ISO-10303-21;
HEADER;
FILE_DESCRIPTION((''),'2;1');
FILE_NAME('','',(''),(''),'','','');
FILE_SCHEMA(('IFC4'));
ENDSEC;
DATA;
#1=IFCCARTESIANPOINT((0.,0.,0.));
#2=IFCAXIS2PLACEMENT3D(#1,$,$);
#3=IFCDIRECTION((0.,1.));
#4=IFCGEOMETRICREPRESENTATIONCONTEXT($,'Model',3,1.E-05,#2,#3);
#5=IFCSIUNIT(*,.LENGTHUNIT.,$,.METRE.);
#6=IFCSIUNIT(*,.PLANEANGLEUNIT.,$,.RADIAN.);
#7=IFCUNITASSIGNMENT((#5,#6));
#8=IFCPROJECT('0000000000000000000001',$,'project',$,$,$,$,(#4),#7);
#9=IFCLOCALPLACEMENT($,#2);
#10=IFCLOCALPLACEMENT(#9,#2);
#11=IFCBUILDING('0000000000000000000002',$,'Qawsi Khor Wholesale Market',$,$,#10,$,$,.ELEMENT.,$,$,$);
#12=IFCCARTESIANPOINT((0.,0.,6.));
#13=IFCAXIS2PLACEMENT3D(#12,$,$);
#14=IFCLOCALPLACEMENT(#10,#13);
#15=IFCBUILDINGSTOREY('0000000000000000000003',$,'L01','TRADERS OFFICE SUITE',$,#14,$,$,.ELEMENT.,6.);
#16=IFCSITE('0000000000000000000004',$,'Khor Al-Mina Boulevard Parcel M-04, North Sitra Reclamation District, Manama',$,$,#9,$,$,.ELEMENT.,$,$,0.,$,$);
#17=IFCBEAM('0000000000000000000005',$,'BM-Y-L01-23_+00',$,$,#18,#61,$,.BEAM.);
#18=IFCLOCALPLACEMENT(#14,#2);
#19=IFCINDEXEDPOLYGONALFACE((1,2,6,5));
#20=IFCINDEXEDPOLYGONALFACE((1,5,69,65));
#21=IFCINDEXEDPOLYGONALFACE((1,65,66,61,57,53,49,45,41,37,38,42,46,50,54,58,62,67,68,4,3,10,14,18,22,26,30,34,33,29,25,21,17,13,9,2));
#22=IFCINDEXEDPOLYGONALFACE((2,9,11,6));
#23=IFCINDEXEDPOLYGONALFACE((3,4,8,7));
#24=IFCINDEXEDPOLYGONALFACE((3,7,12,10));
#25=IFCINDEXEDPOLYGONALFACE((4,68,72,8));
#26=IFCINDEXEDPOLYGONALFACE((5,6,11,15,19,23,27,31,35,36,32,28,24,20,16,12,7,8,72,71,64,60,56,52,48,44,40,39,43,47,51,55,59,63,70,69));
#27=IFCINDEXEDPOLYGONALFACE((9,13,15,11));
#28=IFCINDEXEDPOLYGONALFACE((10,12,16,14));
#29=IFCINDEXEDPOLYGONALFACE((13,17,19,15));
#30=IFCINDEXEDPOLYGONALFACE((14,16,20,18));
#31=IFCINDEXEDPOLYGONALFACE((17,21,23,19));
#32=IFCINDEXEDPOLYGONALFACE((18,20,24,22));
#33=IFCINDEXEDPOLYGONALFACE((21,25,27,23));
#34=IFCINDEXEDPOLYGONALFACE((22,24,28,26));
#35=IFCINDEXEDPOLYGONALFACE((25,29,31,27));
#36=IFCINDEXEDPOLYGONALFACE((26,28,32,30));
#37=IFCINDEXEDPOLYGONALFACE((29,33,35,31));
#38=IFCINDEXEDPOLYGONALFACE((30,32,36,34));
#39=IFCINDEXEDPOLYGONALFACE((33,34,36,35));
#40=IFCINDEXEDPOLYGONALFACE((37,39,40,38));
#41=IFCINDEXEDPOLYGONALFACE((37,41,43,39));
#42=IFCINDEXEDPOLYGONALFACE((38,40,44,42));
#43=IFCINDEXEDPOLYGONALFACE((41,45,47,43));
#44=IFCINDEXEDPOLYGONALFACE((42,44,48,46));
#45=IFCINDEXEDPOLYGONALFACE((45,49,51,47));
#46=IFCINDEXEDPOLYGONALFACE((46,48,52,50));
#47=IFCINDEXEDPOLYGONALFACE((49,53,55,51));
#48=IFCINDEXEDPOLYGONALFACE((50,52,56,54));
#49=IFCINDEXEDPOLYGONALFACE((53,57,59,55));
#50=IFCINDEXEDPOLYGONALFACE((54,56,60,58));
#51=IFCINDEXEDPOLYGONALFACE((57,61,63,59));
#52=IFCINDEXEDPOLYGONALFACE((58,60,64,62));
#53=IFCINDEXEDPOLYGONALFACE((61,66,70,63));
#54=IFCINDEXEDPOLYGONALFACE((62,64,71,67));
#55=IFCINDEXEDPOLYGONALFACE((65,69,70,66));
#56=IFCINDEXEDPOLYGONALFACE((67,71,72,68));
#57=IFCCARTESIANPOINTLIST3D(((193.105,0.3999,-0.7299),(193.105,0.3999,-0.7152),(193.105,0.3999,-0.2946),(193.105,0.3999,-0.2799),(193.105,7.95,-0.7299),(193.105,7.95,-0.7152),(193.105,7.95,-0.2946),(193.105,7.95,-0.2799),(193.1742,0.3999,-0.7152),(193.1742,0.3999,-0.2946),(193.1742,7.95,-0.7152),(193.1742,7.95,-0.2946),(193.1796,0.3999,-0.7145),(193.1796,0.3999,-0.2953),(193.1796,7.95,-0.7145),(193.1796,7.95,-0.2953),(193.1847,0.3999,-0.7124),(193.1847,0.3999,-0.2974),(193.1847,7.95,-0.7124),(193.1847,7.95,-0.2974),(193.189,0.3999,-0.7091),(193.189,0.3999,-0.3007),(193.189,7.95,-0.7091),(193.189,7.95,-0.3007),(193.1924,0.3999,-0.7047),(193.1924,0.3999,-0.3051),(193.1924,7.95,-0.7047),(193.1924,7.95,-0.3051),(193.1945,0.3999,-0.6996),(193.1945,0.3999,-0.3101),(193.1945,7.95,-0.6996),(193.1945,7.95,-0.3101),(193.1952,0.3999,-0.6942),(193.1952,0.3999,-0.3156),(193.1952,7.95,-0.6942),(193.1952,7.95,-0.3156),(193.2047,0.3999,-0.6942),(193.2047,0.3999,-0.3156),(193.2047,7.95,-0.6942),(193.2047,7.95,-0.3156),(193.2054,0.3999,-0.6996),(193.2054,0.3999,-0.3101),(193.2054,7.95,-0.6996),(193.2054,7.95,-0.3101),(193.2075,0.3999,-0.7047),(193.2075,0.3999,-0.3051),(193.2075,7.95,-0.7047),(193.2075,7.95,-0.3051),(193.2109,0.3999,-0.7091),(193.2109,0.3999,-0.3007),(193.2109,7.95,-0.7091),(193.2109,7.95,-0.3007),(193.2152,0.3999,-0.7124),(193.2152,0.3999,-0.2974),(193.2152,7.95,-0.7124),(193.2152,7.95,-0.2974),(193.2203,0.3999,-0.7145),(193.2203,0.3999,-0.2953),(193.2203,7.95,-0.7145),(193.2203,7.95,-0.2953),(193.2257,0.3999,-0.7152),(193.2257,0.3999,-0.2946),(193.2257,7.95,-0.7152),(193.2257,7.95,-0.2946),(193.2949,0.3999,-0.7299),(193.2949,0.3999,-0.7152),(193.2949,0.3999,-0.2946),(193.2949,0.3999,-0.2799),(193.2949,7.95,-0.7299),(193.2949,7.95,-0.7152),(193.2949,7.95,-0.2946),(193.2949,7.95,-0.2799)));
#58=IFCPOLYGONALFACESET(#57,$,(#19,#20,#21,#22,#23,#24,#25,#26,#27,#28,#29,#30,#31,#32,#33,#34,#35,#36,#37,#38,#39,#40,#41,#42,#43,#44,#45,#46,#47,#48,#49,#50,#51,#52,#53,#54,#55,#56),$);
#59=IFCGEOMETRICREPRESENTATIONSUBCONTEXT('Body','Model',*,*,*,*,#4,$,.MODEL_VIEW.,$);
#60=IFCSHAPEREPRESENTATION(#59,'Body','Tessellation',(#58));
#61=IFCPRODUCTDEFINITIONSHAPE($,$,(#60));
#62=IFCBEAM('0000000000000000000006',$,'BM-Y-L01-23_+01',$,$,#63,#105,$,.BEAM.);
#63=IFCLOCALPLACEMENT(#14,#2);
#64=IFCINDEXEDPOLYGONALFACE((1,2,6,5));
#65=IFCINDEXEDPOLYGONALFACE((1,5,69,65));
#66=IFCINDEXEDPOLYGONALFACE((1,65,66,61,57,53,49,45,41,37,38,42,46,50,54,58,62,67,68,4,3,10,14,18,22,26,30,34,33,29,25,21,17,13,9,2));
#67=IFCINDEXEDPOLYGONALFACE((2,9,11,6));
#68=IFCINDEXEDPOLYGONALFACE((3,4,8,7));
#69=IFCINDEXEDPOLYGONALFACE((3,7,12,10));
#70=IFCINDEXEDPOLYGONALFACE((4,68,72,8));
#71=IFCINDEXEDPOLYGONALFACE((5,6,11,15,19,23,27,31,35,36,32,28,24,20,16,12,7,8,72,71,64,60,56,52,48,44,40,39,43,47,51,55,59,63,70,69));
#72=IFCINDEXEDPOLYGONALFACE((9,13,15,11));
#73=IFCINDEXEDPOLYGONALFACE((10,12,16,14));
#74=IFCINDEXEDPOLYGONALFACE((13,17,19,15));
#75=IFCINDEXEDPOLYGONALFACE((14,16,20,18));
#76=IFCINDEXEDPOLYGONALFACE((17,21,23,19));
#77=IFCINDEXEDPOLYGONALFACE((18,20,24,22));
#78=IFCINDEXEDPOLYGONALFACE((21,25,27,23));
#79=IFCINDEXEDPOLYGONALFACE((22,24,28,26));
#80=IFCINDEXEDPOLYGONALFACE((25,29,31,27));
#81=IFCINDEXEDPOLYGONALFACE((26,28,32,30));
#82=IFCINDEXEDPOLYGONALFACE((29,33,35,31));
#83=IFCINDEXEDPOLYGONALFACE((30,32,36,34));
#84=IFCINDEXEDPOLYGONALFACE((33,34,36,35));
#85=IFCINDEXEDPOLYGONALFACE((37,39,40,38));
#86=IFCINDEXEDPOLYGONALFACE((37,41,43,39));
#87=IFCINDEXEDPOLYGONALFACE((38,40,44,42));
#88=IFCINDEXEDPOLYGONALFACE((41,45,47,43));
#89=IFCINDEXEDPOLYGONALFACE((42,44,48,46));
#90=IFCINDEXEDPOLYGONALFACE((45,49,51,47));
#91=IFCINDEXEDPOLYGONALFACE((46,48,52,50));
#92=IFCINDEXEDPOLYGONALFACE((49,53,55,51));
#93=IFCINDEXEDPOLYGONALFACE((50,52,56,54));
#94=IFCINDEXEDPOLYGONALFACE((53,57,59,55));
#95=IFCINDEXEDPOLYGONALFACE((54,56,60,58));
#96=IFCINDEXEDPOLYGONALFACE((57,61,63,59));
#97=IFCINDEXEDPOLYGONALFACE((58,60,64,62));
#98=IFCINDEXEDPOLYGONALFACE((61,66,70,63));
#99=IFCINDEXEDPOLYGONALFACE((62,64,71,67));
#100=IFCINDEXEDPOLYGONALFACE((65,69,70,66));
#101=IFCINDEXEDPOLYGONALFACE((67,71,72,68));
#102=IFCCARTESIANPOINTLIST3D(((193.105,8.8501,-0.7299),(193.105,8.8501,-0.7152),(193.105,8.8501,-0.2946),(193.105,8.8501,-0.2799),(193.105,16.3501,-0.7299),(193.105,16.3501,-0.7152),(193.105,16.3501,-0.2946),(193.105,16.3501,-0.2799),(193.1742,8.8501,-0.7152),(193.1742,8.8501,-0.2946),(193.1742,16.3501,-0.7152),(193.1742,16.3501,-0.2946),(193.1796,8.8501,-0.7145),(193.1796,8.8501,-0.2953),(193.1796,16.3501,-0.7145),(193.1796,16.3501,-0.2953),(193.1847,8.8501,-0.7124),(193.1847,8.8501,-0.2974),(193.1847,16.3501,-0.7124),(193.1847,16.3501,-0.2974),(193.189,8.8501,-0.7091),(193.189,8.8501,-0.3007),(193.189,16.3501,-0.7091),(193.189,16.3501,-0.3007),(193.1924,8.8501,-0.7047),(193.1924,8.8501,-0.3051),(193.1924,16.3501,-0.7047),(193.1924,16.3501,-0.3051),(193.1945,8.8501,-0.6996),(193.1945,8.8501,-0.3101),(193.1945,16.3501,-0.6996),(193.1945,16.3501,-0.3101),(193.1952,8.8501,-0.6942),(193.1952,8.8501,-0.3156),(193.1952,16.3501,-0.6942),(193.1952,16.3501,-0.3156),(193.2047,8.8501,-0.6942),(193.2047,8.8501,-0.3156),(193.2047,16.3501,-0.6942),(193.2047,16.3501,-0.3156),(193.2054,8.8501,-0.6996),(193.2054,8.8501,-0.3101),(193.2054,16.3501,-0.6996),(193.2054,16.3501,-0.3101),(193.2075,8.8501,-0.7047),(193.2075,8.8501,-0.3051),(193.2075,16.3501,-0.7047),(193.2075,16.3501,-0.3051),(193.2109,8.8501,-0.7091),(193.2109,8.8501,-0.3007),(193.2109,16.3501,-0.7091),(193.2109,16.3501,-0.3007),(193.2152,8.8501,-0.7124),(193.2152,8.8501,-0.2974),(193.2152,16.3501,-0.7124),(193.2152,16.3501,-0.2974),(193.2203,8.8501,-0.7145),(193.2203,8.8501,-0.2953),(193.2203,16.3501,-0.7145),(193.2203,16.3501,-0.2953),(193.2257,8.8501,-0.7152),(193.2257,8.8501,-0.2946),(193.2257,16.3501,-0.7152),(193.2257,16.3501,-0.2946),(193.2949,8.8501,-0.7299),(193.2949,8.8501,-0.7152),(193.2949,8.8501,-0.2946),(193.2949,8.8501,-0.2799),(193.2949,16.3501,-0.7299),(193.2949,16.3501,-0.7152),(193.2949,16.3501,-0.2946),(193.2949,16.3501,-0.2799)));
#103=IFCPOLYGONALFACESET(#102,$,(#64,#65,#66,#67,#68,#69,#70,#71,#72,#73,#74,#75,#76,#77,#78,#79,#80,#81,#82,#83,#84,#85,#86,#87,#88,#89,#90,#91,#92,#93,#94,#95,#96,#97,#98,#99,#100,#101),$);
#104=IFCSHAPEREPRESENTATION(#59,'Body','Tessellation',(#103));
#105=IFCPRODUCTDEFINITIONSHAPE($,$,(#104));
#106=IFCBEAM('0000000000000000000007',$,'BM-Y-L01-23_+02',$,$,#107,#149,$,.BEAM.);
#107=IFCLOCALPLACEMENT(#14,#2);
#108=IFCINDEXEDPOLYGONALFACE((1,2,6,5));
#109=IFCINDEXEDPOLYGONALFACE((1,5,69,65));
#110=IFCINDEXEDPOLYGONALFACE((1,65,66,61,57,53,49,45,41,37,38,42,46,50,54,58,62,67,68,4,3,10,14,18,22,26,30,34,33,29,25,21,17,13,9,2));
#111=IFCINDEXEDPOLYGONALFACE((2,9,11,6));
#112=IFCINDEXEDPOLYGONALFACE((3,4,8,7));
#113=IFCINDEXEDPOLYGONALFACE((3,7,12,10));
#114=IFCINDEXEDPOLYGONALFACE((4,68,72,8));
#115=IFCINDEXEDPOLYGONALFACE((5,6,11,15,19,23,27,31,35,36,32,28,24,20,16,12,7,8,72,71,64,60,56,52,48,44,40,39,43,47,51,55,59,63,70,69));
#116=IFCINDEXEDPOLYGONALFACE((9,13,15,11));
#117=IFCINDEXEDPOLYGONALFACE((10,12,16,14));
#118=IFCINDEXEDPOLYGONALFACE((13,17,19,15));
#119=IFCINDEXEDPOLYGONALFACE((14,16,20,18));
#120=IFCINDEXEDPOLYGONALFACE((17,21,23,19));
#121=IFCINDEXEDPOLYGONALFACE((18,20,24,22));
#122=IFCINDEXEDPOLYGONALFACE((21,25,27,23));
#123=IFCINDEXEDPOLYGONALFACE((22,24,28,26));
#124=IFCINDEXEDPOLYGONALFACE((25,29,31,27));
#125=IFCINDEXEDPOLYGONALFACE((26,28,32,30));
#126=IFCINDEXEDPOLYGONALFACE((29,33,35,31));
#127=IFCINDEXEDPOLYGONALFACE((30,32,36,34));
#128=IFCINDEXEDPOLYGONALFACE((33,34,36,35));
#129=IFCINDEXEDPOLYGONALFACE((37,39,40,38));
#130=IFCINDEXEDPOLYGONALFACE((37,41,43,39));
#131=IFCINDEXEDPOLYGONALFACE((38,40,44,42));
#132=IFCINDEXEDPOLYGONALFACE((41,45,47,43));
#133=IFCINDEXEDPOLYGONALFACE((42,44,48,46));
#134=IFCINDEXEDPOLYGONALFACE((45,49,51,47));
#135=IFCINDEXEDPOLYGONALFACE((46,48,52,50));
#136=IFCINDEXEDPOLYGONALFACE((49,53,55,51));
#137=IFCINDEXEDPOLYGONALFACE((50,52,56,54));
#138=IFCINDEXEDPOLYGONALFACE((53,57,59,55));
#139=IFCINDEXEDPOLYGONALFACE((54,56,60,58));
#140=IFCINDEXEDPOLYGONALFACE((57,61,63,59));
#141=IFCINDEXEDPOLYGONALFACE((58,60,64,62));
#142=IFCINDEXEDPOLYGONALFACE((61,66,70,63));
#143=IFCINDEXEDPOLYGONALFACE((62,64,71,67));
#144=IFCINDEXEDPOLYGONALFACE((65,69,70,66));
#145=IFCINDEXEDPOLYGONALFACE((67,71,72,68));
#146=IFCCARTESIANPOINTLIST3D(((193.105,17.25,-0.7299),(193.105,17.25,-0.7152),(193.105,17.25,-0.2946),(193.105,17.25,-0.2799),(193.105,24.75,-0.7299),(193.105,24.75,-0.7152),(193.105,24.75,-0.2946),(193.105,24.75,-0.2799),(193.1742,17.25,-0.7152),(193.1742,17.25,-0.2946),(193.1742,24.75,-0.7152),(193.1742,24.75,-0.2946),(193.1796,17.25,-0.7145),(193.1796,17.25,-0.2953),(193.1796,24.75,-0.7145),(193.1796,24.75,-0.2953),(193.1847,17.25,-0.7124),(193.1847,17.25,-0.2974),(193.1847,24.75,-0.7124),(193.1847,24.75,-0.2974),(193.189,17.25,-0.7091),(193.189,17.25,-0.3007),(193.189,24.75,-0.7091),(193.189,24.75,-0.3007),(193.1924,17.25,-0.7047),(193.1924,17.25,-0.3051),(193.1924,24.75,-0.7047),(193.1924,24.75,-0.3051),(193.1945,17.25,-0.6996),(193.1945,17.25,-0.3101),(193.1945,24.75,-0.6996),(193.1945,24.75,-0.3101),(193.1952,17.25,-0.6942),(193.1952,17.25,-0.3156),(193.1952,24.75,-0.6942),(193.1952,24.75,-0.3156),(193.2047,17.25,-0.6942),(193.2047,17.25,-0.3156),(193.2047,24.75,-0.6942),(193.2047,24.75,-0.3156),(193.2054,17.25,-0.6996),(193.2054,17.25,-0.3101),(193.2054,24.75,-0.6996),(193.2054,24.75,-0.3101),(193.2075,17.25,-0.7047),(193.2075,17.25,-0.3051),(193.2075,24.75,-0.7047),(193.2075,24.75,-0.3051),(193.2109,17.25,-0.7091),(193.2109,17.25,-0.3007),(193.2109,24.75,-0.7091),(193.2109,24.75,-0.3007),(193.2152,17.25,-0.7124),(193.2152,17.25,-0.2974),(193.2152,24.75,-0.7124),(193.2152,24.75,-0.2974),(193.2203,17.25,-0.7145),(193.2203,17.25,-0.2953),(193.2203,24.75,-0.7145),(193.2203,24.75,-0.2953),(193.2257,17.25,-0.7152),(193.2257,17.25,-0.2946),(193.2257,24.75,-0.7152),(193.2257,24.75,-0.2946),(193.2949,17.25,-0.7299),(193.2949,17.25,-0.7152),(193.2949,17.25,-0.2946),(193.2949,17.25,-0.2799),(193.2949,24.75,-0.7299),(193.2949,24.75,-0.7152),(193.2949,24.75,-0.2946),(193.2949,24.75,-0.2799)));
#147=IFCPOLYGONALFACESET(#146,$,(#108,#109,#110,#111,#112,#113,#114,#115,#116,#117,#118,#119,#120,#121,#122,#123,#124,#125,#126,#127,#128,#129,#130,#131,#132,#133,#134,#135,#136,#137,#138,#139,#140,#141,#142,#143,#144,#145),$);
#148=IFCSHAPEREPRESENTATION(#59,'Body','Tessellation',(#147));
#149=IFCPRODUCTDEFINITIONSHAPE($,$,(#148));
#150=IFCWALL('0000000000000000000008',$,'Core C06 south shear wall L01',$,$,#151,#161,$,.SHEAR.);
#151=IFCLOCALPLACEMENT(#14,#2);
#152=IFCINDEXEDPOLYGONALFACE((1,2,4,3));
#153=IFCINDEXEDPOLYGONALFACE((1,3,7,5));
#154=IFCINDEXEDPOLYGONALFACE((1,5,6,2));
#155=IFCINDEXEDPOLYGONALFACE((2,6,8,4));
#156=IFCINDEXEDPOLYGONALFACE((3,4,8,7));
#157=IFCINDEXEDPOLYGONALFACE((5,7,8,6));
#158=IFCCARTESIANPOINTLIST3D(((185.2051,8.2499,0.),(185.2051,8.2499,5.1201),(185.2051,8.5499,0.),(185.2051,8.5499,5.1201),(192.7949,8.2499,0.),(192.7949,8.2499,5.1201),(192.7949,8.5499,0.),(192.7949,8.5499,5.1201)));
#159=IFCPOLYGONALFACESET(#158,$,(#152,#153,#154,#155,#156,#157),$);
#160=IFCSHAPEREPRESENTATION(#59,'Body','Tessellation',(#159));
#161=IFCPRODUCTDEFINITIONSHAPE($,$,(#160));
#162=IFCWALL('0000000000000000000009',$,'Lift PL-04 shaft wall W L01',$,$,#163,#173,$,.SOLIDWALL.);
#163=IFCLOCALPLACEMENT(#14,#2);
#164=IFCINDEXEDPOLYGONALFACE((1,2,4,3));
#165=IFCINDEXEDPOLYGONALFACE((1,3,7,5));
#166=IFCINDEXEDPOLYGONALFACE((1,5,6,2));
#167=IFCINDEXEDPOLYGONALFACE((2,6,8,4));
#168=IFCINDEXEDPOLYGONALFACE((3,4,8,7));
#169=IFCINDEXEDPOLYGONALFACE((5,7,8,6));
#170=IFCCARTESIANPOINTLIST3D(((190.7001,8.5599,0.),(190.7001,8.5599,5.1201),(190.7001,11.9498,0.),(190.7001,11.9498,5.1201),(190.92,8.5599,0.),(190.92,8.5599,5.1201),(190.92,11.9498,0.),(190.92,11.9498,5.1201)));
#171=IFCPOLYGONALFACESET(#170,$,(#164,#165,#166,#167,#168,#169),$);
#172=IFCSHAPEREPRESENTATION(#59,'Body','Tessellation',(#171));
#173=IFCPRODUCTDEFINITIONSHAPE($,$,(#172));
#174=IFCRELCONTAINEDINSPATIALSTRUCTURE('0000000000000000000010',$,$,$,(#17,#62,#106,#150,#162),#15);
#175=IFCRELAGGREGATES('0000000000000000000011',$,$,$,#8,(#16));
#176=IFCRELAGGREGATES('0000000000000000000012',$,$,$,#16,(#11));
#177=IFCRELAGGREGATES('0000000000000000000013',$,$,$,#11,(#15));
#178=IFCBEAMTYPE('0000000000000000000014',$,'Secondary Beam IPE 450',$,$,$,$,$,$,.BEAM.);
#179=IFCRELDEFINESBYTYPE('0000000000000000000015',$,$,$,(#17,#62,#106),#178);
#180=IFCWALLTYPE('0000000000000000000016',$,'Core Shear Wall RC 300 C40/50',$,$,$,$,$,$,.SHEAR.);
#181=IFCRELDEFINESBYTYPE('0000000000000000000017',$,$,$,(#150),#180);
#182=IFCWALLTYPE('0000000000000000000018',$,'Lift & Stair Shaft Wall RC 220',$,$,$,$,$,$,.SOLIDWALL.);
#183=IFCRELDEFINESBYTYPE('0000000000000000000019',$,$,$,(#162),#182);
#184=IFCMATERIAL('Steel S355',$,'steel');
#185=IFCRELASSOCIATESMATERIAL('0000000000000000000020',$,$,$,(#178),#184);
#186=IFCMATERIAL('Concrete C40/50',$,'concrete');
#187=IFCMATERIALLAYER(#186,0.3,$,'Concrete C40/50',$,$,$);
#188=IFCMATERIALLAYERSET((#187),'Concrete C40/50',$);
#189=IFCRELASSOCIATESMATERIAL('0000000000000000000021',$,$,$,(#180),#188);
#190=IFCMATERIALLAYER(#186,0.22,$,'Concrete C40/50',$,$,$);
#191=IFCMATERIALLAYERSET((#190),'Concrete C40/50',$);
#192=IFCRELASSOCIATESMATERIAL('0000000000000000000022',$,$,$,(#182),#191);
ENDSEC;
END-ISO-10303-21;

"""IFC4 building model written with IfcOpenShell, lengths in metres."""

from ifc_helpers import new_model, si_unit, direction, frame, frame_2d, origin, origin_2d, place, context, subcontext, project, spatial, rectangle, i_section, extrude, material, layer, layer_set, material_profile, profile_set, type_object, element, save


model = new_model("IFC4")

# Units and contexts
model_context = context("Model", 3, precision=1e-05, world=origin(), true_north=direction((0.0, 1.0)))
body_context = subcontext(model_context, "Body", "Model", "MODEL_VIEW")
ifc_project = project(units=[si_unit("LENGTHUNIT", "METRE"), si_unit("PLANEANGLEUNIT", "RADIAN")], contexts=[model_context])

# Site, building, storey
site_placement = place(None, origin())
site = spatial("IfcSite", under=ifc_project, at=site_placement, Name="Khor Al-Mina Boulevard Parcel M-04, North Sitra Reclamation District, Manama", CompositionType="ELEMENT", RefElevation=0.0)
building_placement = place(site_placement, origin())
building = spatial("IfcBuilding", under=site, at=building_placement, Name="Qawsi Khor Wholesale Market", CompositionType="ELEMENT")
storey_placement = place(building_placement, frame((0.0, 0.0, 6.0)))
storey = spatial("IfcBuildingStorey", under=building, at=storey_placement, Name="L01", Description="TRADERS OFFICE SUITE", CompositionType="ELEMENT", Elevation=6.0)

# Shared definitions
ifc_material_1 = material(Name="Concrete C40/50", Category="concrete")

# Beams
ifc_material_2 = material(Name="Steel S355", Category="steel")
ifc_material_profile_1 = material_profile(ifc_material_2, i_section(OverallWidth=0.1899, OverallDepth=0.45, WebThickness=0.0095, FlangeThickness=0.0146, FilletRadius=0.021, at=origin_2d()), Name="IPE 450")
ifc_profile_set_1 = profile_set([ifc_material_profile_1], Name="Steel S355")
beam_type_1 = type_object("IfcBeamType", Name="Secondary Beam IPE 450", PredefinedType="BEAM", material=ifc_profile_set_1)
beam_1_placement = place(storey_placement, frame((193.2, 0.3999, -0.5049), z_axis=(0.0, 1.0, 0.0), x_axis=(-1.0, 0.0, 0.0)))
element("IfcBeam", 1, at=beam_1_placement, inside=storey, type_object=beam_type_1, Name="BM-Y-L01-23_+00", PredefinedType="BEAM", context=body_context, shape_type="SweptSolid", body=[
    extrude(i_section(OverallWidth=0.1899, OverallDepth=0.45, WebThickness=0.0095, FlangeThickness=0.0146, FilletRadius=0.021, at=origin_2d()), origin(), (0.0, 0.0, 1.0), 7.55),
])
for number, where, z_axis, x_axis, name in (
    (2, (193.2, 8.8501, -0.5049), (0.0, 1.0, 0.0), (-1.0, 0.0, 0.0), "BM-Y-L01-23_+01"),
    (3, (193.2, 17.25, -0.5049), (0.0, 1.0, 0.0), (-1.0, 0.0, 0.0), "BM-Y-L01-23_+02"),
):
    element("IfcBeam", number, at=place(storey_placement, frame(where, z_axis=z_axis, x_axis=x_axis)), inside=storey, type_object=beam_type_1, Name=name, PredefinedType="BEAM", context=body_context, shape_type="SweptSolid", body=[
        extrude(i_section(OverallWidth=0.1899, OverallDepth=0.45, WebThickness=0.0095, FlangeThickness=0.0146, FilletRadius=0.021, at=origin_2d()), origin(), (0.0, 0.0, 1.0), 7.5),
    ])

# Walls
ifc_layer_1 = layer(ifc_material_1, 0.3, Name="Concrete C40/50")
ifc_layer_set_1 = layer_set([ifc_layer_1], Name="Concrete C40/50")
wall_type_1 = type_object("IfcWallType", Name="Core Shear Wall RC 300 C40/50", PredefinedType="SHEAR", material=ifc_layer_set_1)
wall_1_placement = place(storey_placement, frame((192.7949, 8.3999, 0.0), z_axis=(0.0, 0.0, 1.0), x_axis=(-1.0, 0.0, 0.0)))
element("IfcWall", 4, at=wall_1_placement, inside=storey, type_object=wall_type_1, Name="Core C06 south shear wall L01", PredefinedType="SHEAR", context=body_context, shape_type="SweptSolid", body=[
    extrude(rectangle(XDim=7.5898, YDim=0.3, at=frame_2d((3.7949, 0.0))), origin(), (0.0, 0.0, 1.0), 5.1201),
])
ifc_layer_2 = layer(ifc_material_1, 0.22, Name="Concrete C40/50")
ifc_layer_set_2 = layer_set([ifc_layer_2], Name="Concrete C40/50")
wall_type_2 = type_object("IfcWallType", Name="Lift & Stair Shaft Wall RC 220", PredefinedType="SOLIDWALL", material=ifc_layer_set_2)
wall_2_placement = place(storey_placement, frame((190.8101, 8.5601, 0.0), z_axis=(0.0, 0.0, 1.0), x_axis=(0.0, 1.0, 0.0)))
element("IfcWall", 5, at=wall_2_placement, inside=storey, type_object=wall_type_2, Name="Lift PL-04 shaft wall W L01", PredefinedType="SOLIDWALL", context=body_context, shape_type="SweptSolid", body=[
    extrude(rectangle(XDim=3.3899, YDim=0.22, at=frame_2d((1.6948, 0.0))), origin(), (0.0, 0.0, 1.0), 5.1201),
])

save(model, "model.ifc")
